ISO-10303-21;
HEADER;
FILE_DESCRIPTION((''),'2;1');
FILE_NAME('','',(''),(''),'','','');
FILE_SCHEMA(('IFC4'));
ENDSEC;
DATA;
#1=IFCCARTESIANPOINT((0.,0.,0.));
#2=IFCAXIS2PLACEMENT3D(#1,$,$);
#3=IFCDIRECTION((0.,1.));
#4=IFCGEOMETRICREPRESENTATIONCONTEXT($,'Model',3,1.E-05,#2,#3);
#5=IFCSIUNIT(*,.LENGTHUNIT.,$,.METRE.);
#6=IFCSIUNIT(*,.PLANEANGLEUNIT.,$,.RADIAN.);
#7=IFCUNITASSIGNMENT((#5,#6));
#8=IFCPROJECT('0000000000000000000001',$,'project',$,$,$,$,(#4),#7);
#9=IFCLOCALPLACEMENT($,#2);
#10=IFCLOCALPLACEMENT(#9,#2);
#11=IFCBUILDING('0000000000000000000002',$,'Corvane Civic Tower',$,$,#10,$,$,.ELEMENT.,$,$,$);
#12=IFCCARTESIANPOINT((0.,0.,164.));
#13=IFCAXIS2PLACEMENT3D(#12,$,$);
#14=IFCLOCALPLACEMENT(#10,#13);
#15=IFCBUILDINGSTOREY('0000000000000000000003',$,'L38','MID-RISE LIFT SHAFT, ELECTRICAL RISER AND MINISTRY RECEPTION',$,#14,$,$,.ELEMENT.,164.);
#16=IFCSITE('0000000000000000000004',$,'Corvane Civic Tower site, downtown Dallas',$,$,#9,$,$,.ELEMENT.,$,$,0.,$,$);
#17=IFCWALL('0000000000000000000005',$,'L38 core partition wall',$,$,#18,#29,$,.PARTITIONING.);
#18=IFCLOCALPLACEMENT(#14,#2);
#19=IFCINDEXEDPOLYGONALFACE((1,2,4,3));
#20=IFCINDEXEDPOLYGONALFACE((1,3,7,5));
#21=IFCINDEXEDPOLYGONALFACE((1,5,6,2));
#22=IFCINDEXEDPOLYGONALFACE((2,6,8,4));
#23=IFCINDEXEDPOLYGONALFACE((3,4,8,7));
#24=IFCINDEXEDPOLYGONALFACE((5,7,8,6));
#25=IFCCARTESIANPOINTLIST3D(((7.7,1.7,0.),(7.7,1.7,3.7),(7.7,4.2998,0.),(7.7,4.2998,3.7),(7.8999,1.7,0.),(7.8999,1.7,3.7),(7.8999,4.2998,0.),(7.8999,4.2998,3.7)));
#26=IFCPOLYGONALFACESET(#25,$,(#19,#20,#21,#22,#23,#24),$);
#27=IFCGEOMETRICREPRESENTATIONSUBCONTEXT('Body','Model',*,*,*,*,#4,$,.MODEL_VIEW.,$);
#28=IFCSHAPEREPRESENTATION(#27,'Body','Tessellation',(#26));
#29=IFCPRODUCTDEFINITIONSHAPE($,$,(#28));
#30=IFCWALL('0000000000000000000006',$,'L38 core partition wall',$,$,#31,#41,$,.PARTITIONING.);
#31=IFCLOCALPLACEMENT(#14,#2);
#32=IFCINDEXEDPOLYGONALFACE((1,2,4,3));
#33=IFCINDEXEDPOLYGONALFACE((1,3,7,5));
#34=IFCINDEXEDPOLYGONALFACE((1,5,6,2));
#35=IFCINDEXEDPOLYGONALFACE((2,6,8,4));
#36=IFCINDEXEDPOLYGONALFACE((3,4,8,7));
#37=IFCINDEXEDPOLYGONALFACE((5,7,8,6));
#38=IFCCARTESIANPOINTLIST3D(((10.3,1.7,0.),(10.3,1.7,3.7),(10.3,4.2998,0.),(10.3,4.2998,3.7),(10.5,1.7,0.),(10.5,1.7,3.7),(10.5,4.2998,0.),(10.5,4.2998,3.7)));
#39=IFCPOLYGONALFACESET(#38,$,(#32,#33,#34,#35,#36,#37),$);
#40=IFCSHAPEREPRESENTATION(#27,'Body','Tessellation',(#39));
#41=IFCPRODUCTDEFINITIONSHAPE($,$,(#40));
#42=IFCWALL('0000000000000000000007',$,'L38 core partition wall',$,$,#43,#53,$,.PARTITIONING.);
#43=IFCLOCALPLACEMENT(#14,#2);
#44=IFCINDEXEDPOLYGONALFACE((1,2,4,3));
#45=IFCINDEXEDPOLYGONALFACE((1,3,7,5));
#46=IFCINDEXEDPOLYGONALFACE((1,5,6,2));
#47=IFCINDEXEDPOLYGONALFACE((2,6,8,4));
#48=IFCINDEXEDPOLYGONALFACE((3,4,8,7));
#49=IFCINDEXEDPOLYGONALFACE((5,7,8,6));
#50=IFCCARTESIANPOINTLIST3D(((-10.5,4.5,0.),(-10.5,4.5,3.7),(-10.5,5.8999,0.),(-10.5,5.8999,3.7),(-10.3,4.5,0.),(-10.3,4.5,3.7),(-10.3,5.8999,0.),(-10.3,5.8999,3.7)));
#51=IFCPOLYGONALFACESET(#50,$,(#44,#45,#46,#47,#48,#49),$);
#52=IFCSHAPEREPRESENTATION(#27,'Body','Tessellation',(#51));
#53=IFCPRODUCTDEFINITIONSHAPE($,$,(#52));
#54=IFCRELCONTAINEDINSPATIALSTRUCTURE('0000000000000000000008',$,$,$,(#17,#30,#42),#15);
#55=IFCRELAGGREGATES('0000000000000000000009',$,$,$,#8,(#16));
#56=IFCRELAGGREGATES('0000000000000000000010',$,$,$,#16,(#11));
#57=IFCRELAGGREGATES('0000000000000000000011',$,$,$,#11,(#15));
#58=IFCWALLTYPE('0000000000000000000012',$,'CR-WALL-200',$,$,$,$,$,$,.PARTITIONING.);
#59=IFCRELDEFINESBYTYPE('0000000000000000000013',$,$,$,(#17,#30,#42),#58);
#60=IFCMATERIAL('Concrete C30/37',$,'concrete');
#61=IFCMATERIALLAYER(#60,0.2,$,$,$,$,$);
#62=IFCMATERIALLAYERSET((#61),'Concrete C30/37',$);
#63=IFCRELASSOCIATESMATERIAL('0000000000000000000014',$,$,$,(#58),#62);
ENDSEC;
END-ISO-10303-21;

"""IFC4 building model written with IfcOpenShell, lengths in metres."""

from ifc_helpers import new_model, si_unit, direction, frame, origin, place, context, subcontext, project, spatial, polyline, outline, extrude, material, layer, layer_set, type_object, element, save


model = new_model("IFC4")

# Units and contexts
model_context = context("Model", 3, precision=1e-05, world=origin(), true_north=direction((0.0, 1.0)))
body_context = subcontext(model_context, "Body", "Model", "MODEL_VIEW")
ifc_project = project(units=[si_unit("LENGTHUNIT", "METRE"), si_unit("PLANEANGLEUNIT", "RADIAN")], contexts=[model_context])

# Site, building, storey
site_placement = place(None, origin())
site = spatial("IfcSite", under=ifc_project, at=site_placement, Name="Corvane Civic Tower site, downtown Dallas", CompositionType="ELEMENT", RefElevation=0.0)
building_placement = place(site_placement, origin())
building = spatial("IfcBuilding", under=site, at=building_placement, Name="Corvane Civic Tower", CompositionType="ELEMENT")
storey_placement = place(building_placement, frame((0.0, 0.0, 164.0)))
storey = spatial("IfcBuildingStorey", under=building, at=storey_placement, Name="L38", Description="MID-RISE LIFT SHAFT, ELECTRICAL RISER AND MINISTRY RECEPTION", CompositionType="ELEMENT", Elevation=164.0)

# Walls
ifc_material = material(Name="Concrete C30/37", Category="concrete")
ifc_layer = layer(ifc_material, 0.2)
ifc_layer_set = layer_set([ifc_layer], Name="Concrete C30/37")
wall_type = type_object("IfcWallType", Name="CR-WALL-200", PredefinedType="PARTITIONING", material=ifc_layer_set)
wall_1_placement = place(storey_placement, origin())
element("IfcWall", 1, at=wall_1_placement, inside=storey, type_object=wall_type, Name="L38 core partition wall", PredefinedType="PARTITIONING", context=body_context, shape_type="SweptSolid", body=[
    extrude(outline(polyline([(7.8999, 1.7), (7.7, 1.7), (7.7, 4.2998), (7.8999, 4.2998), (7.8999, 1.7)])), origin(), (0.0, 0.0, 1.0), 3.7),
])
wall_2_placement = place(storey_placement, origin())
element("IfcWall", 2, at=wall_2_placement, inside=storey, type_object=wall_type, Name="L38 core partition wall", PredefinedType="PARTITIONING", context=body_context, shape_type="SweptSolid", body=[
    extrude(outline(polyline([(10.5, 1.7), (10.3, 1.7), (10.3, 4.2998), (10.5, 4.2998), (10.5, 1.7)])), origin(), (0.0, 0.0, 1.0), 3.7),
])
wall_3_placement = place(storey_placement, origin())
element("IfcWall", 3, at=wall_3_placement, inside=storey, type_object=wall_type, Name="L38 core partition wall", PredefinedType="PARTITIONING", context=body_context, shape_type="SweptSolid", body=[
    extrude(outline(polyline([(-10.3, 4.5), (-10.5, 4.5), (-10.5, 5.8999), (-10.3, 5.8999), (-10.3, 4.5)])), origin(), (0.0, 0.0, 1.0), 3.7),
])

save(model, "model.ifc")
